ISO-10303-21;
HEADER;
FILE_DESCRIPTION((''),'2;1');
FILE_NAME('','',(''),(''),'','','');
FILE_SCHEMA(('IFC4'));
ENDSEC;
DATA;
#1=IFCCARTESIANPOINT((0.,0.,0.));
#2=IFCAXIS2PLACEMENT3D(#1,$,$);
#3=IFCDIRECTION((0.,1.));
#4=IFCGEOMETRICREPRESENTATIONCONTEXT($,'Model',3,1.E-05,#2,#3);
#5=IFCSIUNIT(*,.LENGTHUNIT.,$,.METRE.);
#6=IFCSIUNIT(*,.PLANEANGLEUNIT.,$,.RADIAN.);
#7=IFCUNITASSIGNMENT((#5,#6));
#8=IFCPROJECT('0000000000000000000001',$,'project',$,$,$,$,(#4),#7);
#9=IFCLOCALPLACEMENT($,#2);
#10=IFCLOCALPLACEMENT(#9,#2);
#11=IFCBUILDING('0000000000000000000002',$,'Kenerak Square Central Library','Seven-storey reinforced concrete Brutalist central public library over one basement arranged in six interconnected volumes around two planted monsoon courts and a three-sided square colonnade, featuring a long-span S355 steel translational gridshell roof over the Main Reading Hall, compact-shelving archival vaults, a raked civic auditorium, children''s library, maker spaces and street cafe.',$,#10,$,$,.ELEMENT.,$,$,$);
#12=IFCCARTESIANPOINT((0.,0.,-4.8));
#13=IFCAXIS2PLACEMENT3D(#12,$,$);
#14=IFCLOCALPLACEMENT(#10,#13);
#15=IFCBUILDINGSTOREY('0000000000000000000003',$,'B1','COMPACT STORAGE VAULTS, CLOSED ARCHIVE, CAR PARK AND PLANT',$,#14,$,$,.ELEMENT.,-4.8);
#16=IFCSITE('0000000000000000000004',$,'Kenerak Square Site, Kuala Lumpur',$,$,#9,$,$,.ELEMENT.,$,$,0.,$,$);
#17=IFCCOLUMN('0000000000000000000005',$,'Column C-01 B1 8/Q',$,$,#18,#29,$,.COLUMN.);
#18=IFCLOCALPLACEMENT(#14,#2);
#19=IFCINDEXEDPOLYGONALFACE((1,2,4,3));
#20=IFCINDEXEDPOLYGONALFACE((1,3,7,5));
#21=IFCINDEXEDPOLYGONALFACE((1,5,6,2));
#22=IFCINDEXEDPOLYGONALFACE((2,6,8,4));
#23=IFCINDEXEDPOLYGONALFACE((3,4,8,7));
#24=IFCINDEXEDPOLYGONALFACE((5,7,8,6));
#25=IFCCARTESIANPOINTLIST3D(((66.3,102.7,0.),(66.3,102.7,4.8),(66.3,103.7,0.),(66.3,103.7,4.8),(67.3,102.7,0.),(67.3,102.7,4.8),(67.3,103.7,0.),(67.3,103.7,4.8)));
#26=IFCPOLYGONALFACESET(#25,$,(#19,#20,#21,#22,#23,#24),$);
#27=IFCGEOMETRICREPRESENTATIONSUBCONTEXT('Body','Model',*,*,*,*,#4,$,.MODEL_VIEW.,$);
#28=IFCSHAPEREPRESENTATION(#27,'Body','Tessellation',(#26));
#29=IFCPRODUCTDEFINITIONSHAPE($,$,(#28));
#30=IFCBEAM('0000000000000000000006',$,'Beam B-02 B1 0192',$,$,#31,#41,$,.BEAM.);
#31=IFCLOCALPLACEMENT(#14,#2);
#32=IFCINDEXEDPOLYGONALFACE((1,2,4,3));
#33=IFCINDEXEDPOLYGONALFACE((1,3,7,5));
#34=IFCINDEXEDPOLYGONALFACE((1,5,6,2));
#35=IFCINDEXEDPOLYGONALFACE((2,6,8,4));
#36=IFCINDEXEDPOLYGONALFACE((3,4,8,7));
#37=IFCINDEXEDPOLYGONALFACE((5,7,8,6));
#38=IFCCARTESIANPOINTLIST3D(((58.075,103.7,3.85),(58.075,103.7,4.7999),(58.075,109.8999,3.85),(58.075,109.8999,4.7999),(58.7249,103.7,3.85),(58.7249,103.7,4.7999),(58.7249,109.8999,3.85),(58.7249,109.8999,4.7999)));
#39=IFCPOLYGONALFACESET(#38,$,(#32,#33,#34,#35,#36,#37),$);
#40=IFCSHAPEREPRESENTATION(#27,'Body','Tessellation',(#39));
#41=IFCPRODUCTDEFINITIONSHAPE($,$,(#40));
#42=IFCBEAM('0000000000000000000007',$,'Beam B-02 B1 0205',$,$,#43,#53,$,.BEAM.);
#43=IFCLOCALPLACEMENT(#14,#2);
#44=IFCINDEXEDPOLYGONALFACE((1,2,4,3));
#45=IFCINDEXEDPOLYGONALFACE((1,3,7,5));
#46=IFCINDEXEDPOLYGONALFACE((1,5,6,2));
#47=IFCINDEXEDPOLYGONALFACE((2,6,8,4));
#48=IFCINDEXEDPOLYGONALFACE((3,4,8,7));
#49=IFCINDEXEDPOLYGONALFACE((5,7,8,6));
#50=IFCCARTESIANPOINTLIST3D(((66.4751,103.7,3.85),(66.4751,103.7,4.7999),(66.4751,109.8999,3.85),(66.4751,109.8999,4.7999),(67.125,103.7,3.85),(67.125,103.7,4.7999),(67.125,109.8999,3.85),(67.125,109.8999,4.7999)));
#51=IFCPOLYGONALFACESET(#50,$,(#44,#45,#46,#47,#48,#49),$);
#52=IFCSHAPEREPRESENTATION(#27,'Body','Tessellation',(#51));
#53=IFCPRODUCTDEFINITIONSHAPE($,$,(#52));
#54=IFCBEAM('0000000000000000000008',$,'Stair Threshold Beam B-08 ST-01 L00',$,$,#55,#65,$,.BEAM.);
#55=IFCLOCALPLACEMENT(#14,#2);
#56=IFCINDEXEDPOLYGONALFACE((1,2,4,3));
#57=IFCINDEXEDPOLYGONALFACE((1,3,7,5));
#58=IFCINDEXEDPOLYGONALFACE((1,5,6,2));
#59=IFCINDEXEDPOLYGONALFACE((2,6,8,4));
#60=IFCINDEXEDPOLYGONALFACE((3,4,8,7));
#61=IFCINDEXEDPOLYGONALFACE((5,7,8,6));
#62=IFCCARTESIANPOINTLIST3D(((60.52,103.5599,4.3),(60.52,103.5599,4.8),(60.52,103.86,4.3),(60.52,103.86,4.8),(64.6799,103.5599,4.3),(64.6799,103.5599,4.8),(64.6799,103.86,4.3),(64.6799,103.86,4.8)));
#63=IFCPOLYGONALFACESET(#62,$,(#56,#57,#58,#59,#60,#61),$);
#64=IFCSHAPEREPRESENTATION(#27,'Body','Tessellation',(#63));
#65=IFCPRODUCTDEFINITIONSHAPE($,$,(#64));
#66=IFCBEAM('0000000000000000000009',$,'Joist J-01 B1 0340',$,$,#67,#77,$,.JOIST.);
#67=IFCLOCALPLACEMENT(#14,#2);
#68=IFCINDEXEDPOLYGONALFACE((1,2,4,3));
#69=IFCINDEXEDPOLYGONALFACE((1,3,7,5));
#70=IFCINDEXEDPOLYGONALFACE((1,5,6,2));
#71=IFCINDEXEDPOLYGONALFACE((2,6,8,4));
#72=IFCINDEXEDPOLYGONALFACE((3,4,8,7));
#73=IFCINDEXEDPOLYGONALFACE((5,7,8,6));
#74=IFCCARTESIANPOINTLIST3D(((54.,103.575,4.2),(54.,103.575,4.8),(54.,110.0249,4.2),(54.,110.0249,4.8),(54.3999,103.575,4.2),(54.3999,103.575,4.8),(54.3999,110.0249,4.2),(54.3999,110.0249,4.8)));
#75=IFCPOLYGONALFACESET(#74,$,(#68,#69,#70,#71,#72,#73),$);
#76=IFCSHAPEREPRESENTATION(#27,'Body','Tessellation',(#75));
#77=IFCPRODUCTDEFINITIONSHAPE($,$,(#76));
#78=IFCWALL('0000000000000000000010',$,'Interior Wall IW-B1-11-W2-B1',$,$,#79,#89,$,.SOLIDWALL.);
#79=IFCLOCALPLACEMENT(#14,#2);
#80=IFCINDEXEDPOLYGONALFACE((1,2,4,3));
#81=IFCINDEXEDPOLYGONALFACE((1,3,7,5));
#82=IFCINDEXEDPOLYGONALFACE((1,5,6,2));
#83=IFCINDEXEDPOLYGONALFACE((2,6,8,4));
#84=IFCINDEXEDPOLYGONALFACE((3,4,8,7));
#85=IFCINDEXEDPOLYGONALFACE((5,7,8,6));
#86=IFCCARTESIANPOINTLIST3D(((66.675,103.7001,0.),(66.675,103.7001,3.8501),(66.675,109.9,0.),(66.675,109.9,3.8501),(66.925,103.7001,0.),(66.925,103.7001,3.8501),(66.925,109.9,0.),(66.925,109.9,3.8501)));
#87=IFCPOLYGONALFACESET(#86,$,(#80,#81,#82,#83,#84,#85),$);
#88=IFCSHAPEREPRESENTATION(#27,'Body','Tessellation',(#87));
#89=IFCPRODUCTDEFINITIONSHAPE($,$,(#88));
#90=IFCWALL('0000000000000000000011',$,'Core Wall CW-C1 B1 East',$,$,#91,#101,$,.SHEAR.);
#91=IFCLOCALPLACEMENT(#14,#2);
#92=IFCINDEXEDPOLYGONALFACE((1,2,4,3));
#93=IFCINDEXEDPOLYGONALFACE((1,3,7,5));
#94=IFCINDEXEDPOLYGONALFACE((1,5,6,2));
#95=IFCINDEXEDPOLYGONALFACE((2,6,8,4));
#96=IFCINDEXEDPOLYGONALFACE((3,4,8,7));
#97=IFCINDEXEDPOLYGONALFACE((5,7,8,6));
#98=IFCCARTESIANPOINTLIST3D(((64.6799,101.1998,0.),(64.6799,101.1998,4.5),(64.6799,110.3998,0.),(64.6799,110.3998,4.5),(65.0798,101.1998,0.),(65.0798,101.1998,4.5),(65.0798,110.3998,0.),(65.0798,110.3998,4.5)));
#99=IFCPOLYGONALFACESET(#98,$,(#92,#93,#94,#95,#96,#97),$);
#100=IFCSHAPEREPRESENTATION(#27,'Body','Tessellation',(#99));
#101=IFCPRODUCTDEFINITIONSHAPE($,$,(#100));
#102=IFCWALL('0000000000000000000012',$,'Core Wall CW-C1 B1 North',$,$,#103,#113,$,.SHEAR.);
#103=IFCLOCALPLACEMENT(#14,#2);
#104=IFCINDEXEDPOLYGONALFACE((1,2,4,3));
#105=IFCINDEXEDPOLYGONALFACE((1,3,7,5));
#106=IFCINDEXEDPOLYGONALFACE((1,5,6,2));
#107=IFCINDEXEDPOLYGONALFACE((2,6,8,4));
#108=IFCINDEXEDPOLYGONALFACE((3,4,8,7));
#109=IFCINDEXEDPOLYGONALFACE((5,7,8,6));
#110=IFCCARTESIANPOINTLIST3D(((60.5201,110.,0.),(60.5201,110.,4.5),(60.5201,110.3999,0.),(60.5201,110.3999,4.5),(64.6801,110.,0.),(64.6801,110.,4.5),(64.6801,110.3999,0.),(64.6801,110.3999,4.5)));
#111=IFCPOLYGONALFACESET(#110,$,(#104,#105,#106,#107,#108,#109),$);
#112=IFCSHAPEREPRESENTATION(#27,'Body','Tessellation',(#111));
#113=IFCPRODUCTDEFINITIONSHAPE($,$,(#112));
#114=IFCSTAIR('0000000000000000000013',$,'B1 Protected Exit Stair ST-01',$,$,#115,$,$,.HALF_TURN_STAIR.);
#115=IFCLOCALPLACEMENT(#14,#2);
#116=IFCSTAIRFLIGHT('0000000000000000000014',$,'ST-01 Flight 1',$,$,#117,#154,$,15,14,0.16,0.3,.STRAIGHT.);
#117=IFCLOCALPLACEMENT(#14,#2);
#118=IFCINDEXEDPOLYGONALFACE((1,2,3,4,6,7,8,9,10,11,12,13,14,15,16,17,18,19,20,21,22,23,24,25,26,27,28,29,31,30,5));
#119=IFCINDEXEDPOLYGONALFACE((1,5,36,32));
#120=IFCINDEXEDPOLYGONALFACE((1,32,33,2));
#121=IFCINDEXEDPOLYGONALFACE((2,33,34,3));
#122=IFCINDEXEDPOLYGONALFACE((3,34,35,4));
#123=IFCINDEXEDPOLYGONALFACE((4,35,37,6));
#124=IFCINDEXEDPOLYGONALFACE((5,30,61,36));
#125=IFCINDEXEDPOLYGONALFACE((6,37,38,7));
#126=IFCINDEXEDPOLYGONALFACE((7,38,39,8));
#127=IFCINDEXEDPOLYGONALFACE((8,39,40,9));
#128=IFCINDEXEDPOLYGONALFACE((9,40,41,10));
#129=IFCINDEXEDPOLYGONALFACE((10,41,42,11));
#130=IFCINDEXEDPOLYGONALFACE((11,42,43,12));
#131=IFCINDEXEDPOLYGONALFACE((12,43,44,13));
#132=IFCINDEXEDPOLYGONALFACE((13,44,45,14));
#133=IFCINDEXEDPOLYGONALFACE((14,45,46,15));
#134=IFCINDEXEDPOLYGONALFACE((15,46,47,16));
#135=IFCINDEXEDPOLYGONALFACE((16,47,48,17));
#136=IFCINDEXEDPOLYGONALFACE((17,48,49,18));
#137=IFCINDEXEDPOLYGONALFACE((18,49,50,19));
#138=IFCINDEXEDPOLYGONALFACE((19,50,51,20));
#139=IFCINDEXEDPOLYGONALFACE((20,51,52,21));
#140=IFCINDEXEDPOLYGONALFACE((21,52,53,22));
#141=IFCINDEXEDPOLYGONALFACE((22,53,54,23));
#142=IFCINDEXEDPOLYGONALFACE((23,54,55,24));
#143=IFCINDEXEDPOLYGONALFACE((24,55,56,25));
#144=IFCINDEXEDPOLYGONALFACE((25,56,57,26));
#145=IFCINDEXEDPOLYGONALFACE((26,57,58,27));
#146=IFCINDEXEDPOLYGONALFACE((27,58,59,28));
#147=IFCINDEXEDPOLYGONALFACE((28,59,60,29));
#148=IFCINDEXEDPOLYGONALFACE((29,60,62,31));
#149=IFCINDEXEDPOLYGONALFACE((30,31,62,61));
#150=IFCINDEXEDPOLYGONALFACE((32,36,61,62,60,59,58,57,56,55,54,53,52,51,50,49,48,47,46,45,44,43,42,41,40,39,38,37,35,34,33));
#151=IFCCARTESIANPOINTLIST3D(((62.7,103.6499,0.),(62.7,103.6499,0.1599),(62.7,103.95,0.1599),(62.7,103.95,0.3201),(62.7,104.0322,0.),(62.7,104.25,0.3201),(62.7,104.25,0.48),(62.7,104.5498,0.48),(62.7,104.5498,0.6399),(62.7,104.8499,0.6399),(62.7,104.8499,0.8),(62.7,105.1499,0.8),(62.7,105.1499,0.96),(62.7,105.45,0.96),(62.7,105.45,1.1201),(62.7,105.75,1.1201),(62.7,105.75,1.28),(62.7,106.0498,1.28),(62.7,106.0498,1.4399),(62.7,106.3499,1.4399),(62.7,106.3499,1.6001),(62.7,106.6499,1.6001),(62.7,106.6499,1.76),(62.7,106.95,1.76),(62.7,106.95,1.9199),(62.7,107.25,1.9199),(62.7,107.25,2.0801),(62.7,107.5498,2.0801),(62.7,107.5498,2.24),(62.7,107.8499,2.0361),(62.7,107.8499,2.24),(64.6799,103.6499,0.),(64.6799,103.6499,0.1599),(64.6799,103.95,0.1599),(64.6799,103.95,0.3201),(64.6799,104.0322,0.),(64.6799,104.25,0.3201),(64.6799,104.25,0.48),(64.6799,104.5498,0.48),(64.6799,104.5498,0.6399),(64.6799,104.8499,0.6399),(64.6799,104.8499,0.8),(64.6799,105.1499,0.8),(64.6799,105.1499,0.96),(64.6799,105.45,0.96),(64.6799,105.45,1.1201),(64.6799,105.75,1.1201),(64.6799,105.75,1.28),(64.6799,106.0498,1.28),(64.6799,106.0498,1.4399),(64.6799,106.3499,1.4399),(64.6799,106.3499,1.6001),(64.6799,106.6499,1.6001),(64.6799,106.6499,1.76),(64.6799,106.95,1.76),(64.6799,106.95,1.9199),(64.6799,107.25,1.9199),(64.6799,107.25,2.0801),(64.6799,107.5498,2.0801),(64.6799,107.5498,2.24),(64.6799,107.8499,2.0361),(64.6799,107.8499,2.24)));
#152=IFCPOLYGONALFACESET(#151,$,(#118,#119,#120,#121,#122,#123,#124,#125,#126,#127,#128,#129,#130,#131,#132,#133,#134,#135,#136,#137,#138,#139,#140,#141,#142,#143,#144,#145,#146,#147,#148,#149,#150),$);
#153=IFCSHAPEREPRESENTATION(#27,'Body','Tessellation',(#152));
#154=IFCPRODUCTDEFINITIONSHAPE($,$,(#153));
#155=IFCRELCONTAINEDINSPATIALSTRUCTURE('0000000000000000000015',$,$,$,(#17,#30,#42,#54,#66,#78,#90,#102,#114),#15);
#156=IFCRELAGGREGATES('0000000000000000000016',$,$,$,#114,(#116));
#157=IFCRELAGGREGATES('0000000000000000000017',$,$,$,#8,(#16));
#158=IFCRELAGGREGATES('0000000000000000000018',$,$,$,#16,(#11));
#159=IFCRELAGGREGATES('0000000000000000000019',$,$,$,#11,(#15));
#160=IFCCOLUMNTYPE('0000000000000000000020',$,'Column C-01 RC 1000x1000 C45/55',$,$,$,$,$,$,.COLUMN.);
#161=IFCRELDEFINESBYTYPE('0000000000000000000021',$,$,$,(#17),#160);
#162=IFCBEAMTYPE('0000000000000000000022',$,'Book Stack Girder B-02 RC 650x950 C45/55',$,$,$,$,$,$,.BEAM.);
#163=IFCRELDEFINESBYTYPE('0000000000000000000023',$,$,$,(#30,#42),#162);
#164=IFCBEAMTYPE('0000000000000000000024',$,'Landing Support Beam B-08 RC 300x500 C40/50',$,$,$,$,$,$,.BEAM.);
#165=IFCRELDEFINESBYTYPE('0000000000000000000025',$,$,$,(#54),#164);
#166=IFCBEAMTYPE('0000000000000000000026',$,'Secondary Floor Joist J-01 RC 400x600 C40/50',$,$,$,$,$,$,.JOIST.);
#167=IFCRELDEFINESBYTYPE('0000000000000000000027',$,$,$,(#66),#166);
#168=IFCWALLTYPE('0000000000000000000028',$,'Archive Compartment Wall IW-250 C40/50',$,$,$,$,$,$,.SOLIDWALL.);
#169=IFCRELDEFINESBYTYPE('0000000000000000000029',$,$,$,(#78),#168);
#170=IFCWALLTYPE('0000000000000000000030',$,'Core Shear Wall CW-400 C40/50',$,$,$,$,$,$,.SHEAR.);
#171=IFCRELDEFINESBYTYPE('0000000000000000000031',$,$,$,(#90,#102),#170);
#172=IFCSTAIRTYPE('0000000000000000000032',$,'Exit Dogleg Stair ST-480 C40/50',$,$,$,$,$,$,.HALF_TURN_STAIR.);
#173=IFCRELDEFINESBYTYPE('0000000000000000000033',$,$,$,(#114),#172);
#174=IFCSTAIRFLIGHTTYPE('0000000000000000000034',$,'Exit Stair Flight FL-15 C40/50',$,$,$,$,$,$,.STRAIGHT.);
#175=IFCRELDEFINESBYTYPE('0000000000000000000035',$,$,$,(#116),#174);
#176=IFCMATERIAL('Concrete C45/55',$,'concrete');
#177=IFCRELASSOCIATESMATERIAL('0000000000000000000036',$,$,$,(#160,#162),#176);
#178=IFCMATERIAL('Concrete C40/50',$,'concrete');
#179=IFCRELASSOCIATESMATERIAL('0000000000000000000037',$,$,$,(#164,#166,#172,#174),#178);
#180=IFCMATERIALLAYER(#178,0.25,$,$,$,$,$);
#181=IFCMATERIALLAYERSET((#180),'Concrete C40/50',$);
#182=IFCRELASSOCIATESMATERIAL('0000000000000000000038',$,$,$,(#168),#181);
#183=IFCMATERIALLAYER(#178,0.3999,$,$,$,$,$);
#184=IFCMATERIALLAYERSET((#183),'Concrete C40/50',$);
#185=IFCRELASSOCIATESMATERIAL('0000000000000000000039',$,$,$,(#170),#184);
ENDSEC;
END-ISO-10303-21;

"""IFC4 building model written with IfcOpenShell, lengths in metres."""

from ifc_helpers import new_model, si_unit, direction, frame, frame_2d, origin, origin_2d, place, context, subcontext, project, spatial, polyline, rectangle, outline, extrude, material, layer, layer_set, material_profile, profile_set, type_object, element, aggregate, save


model = new_model("IFC4")

# Units and contexts
model_context = context("Model", 3, precision=1e-05, world=origin(), true_north=direction((0.0, 1.0)))
body_context = subcontext(model_context, "Body", "Model", "MODEL_VIEW")
ifc_project = project(units=[si_unit("LENGTHUNIT", "METRE"), si_unit("PLANEANGLEUNIT", "RADIAN")], contexts=[model_context])

# Site, building, storey
site_placement = place(None, origin())
site = spatial("IfcSite", under=ifc_project, at=site_placement, Name="Kenerak Square Site, Kuala Lumpur", CompositionType="ELEMENT", RefElevation=0.0)
building_placement = place(site_placement, origin())
building = spatial("IfcBuilding", under=site, at=building_placement, Name="Kenerak Square Central Library", Description="Seven-storey reinforced concrete Brutalist central public library over one basement arranged in six interconnected volumes around two planted monsoon courts and a three-sided square colonnade, featuring a long-span S355 steel translational gridshell roof over the Main Reading Hall, compact-shelving archival vaults, a raked civic auditorium, children's library, maker spaces and street cafe.", CompositionType="ELEMENT")
storey_placement = place(building_placement, frame((0.0, 0.0, -4.8)))
storey = spatial("IfcBuildingStorey", under=building, at=storey_placement, Name="B1", Description="COMPACT STORAGE VAULTS, CLOSED ARCHIVE, CAR PARK AND PLANT", CompositionType="ELEMENT", Elevation=-4.8)

# Shared definitions
ifc_material_1 = material(Name="Concrete C40/50", Category="concrete")

# Column
ifc_material_2 = material(Name="Concrete C45/55", Category="concrete")
ifc_material_profile_1 = material_profile(ifc_material_2, rectangle(XDim=1.0, YDim=1.0, at=origin_2d()), Name="RC 1000x1000")
ifc_profile_set_1 = profile_set([ifc_material_profile_1], Name="Concrete C45/55")
column_type = type_object("IfcColumnType", Name="Column C-01 RC 1000x1000 C45/55", PredefinedType="COLUMN", material=ifc_profile_set_1)
for number, where, z_axis, x_axis, name in (
    (1, (66.8, 103.2, 0.0), (0.0, 0.0, 1.0), (1.0, 0.0, 0.0), "Column C-01 B1 8/Q"),
):
    element("IfcColumn", number, at=place(storey_placement, frame(where, z_axis=z_axis, x_axis=x_axis)), inside=storey, type_object=column_type, Name=name, PredefinedType="COLUMN", context=body_context, shape_type="SweptSolid", body=[
        extrude(rectangle(XDim=1.0, YDim=1.0, at=origin_2d()), origin(), (0.0, 0.0, 1.0), 4.8),
    ])

# Beams
ifc_material_profile_2 = material_profile(ifc_material_2, rectangle(XDim=0.6499, YDim=0.95, at=origin_2d()), Name="RC 650x950")
ifc_profile_set_2 = profile_set([ifc_material_profile_2], Name="Concrete C45/55")
beam_type_1 = type_object("IfcBeamType", Name="Book Stack Girder B-02 RC 650x950 C45/55", PredefinedType="BEAM", material=ifc_profile_set_2)
for number, where, z_axis, x_axis, name in (
    (2, (58.3999, 103.7, 4.325), (0.0, 1.0, 0.0), (-1.0, 0.0, 0.0), "Beam B-02 B1 0192"),
    (3, (66.8, 103.7, 4.325), (0.0, 1.0, 0.0), (-1.0, 0.0, 0.0), "Beam B-02 B1 0205"),
):
    element("IfcBeam", number, at=place(storey_placement, frame(where, z_axis=z_axis, x_axis=x_axis)), inside=storey, type_object=beam_type_1, Name=name, PredefinedType="BEAM", context=body_context, shape_type="SweptSolid", body=[
        extrude(rectangle(XDim=0.6499, YDim=0.95, at=origin_2d()), origin(), (0.0, 0.0, 1.0), 6.2),
    ])
ifc_material_profile_3 = material_profile(ifc_material_1, rectangle(XDim=0.3, YDim=0.5, at=origin_2d()), Name="RC 300x500")
ifc_profile_set_3 = profile_set([ifc_material_profile_3], Name="Concrete C40/50")
beam_type_2 = type_object("IfcBeamType", Name="Landing Support Beam B-08 RC 300x500 C40/50", PredefinedType="BEAM", material=ifc_profile_set_3)
beam_1_placement = place(storey_placement, frame((60.52, 103.71, 4.55), z_axis=(1.0, 0.0, 0.0), x_axis=(0.0, 1.0, 0.0)))
element("IfcBeam", 4, at=beam_1_placement, inside=storey, type_object=beam_type_2, Name="Stair Threshold Beam B-08 ST-01 L00", PredefinedType="BEAM", context=body_context, shape_type="SweptSolid", body=[
    extrude(rectangle(XDim=0.3, YDim=0.5, at=origin_2d()), origin(), (0.0, 0.0, 1.0), 4.1599),
])
ifc_material_profile_4 = material_profile(ifc_material_1, rectangle(XDim=0.3999, YDim=0.6001, at=origin_2d()), Name="RC 400x600")
ifc_profile_set_4 = profile_set([ifc_material_profile_4], Name="Concrete C40/50")
beam_type_3 = type_object("IfcBeamType", Name="Secondary Floor Joist J-01 RC 400x600 C40/50", PredefinedType="JOIST", material=ifc_profile_set_4)
beam_2_placement = place(storey_placement, frame((54.2, 103.575, 4.5), z_axis=(0.0, 1.0, 0.0), x_axis=(-1.0, 0.0, 0.0)))
element("IfcBeam", 5, at=beam_2_placement, inside=storey, type_object=beam_type_3, Name="Joist J-01 B1 0340", PredefinedType="JOIST", context=body_context, shape_type="SweptSolid", body=[
    extrude(rectangle(XDim=0.3999, YDim=0.6001, at=origin_2d()), origin(), (0.0, 0.0, 1.0), 6.45),
])

# Walls
ifc_layer_1 = layer(ifc_material_1, 0.25)
ifc_layer_set_1 = layer_set([ifc_layer_1], Name="Concrete C40/50")
wall_type_1 = type_object("IfcWallType", Name="Archive Compartment Wall IW-250 C40/50", PredefinedType="SOLIDWALL", material=ifc_layer_set_1)
wall_1_placement = place(storey_placement, frame((66.8, 103.7, 0.0), z_axis=(0.0, 0.0, 1.0), x_axis=(0.0, 1.0, 0.0)))
element("IfcWall", 6, at=wall_1_placement, inside=storey, type_object=wall_type_1, Name="Interior Wall IW-B1-11-W2-B1", PredefinedType="SOLIDWALL", context=body_context, shape_type="SweptSolid", body=[
    extrude(rectangle(XDim=6.2, YDim=0.25, at=frame_2d((3.1001, 0.0))), origin(), (0.0, 0.0, 1.0), 3.8501),
])
ifc_layer_2 = layer(ifc_material_1, 0.3999)
ifc_layer_set_2 = layer_set([ifc_layer_2], Name="Concrete C40/50")
wall_type_2 = type_object("IfcWallType", Name="Core Shear Wall CW-400 C40/50", PredefinedType="SHEAR", material=ifc_layer_set_2)
wall_2_placement = place(storey_placement, frame((64.8799, 110.3999, 0.0), z_axis=(0.0, 0.0, 1.0), x_axis=(0.0, -1.0, 0.0)))
element("IfcWall", 7, at=wall_2_placement, inside=storey, type_object=wall_type_2, Name="Core Wall CW-C1 B1 East", PredefinedType="SHEAR", context=body_context, shape_type="SweptSolid", body=[
    extrude(rectangle(XDim=9.2, YDim=0.3999, at=frame_2d((4.6001, 0.0))), origin(), (0.0, 0.0, 1.0), 4.5),
])
wall_3_placement = place(storey_placement, frame((60.52, 110.2, 0.0), z_axis=(0.0, 0.0, 1.0), x_axis=(1.0, 0.0, 0.0)))
element("IfcWall", 8, at=wall_3_placement, inside=storey, type_object=wall_type_2, Name="Core Wall CW-C1 B1 North", PredefinedType="SHEAR", context=body_context, shape_type="SweptSolid", body=[
    extrude(rectangle(XDim=4.1599, YDim=0.3999, at=frame_2d((2.0801, 0.0))), origin(), (0.0, 0.0, 1.0), 4.5),
])

# Stair, stair flight
stair_type = type_object("IfcStairType", Name="Exit Dogleg Stair ST-480 C40/50", PredefinedType="HALF_TURN_STAIR", material=ifc_material_1)
stair_placement = place(storey_placement, origin())
stair = element("IfcStair", 9, at=stair_placement, inside=storey, type_object=stair_type, Name="B1 Protected Exit Stair ST-01", PredefinedType="HALF_TURN_STAIR")
stair_flight_type = type_object("IfcStairFlightType", Name="Exit Stair Flight FL-15 C40/50", PredefinedType="STRAIGHT", material=ifc_material_1)
stair_flight_1_placement = place(storey_placement, frame((63.6899, 103.6499, 0.0), z_axis=(0.0, 0.0, 1.0), x_axis=(0.0, 1.0, 0.0)))
stair_flight_1 = element("IfcStairFlight", 10, at=stair_flight_1_placement, type_object=stair_flight_type, Name="ST-01 Flight 1", NumberOfRisers=15, NumberOfTreads=14, PredefinedType="STRAIGHT", RiserHeight=0.16, TreadLength=0.3, context=body_context, shape_type="SweptSolid", body=[
    extrude(outline(polyline([(0.0, 0.0), (0.0, 0.1599), (0.3, 0.1599), (0.3, 0.3201), (0.6001, 0.3201), (0.6001, 0.48), (0.8999, 0.48), (0.8999, 0.6399), (1.2, 0.6399), (1.2, 0.8), (1.5, 0.8), (1.5, 0.96), (1.8, 0.96), (1.8, 1.1201), (2.1001, 1.1201), (2.1001, 1.28), (2.3999, 1.28), (2.3999, 1.4399), (2.7, 1.4399), (2.7, 1.6001), (3.0, 1.6001), (3.0, 1.76), (3.3, 1.76), (3.3, 1.9199), (3.6001, 1.9199), (3.6001, 2.0801), (3.8999, 2.0801), (3.8999, 2.24), (4.2, 2.24), (4.2, 2.3999), (4.2, 2.0361), (0.3823, 0.0), (0.0, 0.0)])), frame((0.0, 0.99, 0.0), z_axis=(0.0, -1.0, 0.0), x_axis=(1.0, 0.0, 0.0)), (0.0, 0.0, 1.0), 1.98),
])
aggregate(stair, [stair_flight_1])

save(model, "model.ifc")
